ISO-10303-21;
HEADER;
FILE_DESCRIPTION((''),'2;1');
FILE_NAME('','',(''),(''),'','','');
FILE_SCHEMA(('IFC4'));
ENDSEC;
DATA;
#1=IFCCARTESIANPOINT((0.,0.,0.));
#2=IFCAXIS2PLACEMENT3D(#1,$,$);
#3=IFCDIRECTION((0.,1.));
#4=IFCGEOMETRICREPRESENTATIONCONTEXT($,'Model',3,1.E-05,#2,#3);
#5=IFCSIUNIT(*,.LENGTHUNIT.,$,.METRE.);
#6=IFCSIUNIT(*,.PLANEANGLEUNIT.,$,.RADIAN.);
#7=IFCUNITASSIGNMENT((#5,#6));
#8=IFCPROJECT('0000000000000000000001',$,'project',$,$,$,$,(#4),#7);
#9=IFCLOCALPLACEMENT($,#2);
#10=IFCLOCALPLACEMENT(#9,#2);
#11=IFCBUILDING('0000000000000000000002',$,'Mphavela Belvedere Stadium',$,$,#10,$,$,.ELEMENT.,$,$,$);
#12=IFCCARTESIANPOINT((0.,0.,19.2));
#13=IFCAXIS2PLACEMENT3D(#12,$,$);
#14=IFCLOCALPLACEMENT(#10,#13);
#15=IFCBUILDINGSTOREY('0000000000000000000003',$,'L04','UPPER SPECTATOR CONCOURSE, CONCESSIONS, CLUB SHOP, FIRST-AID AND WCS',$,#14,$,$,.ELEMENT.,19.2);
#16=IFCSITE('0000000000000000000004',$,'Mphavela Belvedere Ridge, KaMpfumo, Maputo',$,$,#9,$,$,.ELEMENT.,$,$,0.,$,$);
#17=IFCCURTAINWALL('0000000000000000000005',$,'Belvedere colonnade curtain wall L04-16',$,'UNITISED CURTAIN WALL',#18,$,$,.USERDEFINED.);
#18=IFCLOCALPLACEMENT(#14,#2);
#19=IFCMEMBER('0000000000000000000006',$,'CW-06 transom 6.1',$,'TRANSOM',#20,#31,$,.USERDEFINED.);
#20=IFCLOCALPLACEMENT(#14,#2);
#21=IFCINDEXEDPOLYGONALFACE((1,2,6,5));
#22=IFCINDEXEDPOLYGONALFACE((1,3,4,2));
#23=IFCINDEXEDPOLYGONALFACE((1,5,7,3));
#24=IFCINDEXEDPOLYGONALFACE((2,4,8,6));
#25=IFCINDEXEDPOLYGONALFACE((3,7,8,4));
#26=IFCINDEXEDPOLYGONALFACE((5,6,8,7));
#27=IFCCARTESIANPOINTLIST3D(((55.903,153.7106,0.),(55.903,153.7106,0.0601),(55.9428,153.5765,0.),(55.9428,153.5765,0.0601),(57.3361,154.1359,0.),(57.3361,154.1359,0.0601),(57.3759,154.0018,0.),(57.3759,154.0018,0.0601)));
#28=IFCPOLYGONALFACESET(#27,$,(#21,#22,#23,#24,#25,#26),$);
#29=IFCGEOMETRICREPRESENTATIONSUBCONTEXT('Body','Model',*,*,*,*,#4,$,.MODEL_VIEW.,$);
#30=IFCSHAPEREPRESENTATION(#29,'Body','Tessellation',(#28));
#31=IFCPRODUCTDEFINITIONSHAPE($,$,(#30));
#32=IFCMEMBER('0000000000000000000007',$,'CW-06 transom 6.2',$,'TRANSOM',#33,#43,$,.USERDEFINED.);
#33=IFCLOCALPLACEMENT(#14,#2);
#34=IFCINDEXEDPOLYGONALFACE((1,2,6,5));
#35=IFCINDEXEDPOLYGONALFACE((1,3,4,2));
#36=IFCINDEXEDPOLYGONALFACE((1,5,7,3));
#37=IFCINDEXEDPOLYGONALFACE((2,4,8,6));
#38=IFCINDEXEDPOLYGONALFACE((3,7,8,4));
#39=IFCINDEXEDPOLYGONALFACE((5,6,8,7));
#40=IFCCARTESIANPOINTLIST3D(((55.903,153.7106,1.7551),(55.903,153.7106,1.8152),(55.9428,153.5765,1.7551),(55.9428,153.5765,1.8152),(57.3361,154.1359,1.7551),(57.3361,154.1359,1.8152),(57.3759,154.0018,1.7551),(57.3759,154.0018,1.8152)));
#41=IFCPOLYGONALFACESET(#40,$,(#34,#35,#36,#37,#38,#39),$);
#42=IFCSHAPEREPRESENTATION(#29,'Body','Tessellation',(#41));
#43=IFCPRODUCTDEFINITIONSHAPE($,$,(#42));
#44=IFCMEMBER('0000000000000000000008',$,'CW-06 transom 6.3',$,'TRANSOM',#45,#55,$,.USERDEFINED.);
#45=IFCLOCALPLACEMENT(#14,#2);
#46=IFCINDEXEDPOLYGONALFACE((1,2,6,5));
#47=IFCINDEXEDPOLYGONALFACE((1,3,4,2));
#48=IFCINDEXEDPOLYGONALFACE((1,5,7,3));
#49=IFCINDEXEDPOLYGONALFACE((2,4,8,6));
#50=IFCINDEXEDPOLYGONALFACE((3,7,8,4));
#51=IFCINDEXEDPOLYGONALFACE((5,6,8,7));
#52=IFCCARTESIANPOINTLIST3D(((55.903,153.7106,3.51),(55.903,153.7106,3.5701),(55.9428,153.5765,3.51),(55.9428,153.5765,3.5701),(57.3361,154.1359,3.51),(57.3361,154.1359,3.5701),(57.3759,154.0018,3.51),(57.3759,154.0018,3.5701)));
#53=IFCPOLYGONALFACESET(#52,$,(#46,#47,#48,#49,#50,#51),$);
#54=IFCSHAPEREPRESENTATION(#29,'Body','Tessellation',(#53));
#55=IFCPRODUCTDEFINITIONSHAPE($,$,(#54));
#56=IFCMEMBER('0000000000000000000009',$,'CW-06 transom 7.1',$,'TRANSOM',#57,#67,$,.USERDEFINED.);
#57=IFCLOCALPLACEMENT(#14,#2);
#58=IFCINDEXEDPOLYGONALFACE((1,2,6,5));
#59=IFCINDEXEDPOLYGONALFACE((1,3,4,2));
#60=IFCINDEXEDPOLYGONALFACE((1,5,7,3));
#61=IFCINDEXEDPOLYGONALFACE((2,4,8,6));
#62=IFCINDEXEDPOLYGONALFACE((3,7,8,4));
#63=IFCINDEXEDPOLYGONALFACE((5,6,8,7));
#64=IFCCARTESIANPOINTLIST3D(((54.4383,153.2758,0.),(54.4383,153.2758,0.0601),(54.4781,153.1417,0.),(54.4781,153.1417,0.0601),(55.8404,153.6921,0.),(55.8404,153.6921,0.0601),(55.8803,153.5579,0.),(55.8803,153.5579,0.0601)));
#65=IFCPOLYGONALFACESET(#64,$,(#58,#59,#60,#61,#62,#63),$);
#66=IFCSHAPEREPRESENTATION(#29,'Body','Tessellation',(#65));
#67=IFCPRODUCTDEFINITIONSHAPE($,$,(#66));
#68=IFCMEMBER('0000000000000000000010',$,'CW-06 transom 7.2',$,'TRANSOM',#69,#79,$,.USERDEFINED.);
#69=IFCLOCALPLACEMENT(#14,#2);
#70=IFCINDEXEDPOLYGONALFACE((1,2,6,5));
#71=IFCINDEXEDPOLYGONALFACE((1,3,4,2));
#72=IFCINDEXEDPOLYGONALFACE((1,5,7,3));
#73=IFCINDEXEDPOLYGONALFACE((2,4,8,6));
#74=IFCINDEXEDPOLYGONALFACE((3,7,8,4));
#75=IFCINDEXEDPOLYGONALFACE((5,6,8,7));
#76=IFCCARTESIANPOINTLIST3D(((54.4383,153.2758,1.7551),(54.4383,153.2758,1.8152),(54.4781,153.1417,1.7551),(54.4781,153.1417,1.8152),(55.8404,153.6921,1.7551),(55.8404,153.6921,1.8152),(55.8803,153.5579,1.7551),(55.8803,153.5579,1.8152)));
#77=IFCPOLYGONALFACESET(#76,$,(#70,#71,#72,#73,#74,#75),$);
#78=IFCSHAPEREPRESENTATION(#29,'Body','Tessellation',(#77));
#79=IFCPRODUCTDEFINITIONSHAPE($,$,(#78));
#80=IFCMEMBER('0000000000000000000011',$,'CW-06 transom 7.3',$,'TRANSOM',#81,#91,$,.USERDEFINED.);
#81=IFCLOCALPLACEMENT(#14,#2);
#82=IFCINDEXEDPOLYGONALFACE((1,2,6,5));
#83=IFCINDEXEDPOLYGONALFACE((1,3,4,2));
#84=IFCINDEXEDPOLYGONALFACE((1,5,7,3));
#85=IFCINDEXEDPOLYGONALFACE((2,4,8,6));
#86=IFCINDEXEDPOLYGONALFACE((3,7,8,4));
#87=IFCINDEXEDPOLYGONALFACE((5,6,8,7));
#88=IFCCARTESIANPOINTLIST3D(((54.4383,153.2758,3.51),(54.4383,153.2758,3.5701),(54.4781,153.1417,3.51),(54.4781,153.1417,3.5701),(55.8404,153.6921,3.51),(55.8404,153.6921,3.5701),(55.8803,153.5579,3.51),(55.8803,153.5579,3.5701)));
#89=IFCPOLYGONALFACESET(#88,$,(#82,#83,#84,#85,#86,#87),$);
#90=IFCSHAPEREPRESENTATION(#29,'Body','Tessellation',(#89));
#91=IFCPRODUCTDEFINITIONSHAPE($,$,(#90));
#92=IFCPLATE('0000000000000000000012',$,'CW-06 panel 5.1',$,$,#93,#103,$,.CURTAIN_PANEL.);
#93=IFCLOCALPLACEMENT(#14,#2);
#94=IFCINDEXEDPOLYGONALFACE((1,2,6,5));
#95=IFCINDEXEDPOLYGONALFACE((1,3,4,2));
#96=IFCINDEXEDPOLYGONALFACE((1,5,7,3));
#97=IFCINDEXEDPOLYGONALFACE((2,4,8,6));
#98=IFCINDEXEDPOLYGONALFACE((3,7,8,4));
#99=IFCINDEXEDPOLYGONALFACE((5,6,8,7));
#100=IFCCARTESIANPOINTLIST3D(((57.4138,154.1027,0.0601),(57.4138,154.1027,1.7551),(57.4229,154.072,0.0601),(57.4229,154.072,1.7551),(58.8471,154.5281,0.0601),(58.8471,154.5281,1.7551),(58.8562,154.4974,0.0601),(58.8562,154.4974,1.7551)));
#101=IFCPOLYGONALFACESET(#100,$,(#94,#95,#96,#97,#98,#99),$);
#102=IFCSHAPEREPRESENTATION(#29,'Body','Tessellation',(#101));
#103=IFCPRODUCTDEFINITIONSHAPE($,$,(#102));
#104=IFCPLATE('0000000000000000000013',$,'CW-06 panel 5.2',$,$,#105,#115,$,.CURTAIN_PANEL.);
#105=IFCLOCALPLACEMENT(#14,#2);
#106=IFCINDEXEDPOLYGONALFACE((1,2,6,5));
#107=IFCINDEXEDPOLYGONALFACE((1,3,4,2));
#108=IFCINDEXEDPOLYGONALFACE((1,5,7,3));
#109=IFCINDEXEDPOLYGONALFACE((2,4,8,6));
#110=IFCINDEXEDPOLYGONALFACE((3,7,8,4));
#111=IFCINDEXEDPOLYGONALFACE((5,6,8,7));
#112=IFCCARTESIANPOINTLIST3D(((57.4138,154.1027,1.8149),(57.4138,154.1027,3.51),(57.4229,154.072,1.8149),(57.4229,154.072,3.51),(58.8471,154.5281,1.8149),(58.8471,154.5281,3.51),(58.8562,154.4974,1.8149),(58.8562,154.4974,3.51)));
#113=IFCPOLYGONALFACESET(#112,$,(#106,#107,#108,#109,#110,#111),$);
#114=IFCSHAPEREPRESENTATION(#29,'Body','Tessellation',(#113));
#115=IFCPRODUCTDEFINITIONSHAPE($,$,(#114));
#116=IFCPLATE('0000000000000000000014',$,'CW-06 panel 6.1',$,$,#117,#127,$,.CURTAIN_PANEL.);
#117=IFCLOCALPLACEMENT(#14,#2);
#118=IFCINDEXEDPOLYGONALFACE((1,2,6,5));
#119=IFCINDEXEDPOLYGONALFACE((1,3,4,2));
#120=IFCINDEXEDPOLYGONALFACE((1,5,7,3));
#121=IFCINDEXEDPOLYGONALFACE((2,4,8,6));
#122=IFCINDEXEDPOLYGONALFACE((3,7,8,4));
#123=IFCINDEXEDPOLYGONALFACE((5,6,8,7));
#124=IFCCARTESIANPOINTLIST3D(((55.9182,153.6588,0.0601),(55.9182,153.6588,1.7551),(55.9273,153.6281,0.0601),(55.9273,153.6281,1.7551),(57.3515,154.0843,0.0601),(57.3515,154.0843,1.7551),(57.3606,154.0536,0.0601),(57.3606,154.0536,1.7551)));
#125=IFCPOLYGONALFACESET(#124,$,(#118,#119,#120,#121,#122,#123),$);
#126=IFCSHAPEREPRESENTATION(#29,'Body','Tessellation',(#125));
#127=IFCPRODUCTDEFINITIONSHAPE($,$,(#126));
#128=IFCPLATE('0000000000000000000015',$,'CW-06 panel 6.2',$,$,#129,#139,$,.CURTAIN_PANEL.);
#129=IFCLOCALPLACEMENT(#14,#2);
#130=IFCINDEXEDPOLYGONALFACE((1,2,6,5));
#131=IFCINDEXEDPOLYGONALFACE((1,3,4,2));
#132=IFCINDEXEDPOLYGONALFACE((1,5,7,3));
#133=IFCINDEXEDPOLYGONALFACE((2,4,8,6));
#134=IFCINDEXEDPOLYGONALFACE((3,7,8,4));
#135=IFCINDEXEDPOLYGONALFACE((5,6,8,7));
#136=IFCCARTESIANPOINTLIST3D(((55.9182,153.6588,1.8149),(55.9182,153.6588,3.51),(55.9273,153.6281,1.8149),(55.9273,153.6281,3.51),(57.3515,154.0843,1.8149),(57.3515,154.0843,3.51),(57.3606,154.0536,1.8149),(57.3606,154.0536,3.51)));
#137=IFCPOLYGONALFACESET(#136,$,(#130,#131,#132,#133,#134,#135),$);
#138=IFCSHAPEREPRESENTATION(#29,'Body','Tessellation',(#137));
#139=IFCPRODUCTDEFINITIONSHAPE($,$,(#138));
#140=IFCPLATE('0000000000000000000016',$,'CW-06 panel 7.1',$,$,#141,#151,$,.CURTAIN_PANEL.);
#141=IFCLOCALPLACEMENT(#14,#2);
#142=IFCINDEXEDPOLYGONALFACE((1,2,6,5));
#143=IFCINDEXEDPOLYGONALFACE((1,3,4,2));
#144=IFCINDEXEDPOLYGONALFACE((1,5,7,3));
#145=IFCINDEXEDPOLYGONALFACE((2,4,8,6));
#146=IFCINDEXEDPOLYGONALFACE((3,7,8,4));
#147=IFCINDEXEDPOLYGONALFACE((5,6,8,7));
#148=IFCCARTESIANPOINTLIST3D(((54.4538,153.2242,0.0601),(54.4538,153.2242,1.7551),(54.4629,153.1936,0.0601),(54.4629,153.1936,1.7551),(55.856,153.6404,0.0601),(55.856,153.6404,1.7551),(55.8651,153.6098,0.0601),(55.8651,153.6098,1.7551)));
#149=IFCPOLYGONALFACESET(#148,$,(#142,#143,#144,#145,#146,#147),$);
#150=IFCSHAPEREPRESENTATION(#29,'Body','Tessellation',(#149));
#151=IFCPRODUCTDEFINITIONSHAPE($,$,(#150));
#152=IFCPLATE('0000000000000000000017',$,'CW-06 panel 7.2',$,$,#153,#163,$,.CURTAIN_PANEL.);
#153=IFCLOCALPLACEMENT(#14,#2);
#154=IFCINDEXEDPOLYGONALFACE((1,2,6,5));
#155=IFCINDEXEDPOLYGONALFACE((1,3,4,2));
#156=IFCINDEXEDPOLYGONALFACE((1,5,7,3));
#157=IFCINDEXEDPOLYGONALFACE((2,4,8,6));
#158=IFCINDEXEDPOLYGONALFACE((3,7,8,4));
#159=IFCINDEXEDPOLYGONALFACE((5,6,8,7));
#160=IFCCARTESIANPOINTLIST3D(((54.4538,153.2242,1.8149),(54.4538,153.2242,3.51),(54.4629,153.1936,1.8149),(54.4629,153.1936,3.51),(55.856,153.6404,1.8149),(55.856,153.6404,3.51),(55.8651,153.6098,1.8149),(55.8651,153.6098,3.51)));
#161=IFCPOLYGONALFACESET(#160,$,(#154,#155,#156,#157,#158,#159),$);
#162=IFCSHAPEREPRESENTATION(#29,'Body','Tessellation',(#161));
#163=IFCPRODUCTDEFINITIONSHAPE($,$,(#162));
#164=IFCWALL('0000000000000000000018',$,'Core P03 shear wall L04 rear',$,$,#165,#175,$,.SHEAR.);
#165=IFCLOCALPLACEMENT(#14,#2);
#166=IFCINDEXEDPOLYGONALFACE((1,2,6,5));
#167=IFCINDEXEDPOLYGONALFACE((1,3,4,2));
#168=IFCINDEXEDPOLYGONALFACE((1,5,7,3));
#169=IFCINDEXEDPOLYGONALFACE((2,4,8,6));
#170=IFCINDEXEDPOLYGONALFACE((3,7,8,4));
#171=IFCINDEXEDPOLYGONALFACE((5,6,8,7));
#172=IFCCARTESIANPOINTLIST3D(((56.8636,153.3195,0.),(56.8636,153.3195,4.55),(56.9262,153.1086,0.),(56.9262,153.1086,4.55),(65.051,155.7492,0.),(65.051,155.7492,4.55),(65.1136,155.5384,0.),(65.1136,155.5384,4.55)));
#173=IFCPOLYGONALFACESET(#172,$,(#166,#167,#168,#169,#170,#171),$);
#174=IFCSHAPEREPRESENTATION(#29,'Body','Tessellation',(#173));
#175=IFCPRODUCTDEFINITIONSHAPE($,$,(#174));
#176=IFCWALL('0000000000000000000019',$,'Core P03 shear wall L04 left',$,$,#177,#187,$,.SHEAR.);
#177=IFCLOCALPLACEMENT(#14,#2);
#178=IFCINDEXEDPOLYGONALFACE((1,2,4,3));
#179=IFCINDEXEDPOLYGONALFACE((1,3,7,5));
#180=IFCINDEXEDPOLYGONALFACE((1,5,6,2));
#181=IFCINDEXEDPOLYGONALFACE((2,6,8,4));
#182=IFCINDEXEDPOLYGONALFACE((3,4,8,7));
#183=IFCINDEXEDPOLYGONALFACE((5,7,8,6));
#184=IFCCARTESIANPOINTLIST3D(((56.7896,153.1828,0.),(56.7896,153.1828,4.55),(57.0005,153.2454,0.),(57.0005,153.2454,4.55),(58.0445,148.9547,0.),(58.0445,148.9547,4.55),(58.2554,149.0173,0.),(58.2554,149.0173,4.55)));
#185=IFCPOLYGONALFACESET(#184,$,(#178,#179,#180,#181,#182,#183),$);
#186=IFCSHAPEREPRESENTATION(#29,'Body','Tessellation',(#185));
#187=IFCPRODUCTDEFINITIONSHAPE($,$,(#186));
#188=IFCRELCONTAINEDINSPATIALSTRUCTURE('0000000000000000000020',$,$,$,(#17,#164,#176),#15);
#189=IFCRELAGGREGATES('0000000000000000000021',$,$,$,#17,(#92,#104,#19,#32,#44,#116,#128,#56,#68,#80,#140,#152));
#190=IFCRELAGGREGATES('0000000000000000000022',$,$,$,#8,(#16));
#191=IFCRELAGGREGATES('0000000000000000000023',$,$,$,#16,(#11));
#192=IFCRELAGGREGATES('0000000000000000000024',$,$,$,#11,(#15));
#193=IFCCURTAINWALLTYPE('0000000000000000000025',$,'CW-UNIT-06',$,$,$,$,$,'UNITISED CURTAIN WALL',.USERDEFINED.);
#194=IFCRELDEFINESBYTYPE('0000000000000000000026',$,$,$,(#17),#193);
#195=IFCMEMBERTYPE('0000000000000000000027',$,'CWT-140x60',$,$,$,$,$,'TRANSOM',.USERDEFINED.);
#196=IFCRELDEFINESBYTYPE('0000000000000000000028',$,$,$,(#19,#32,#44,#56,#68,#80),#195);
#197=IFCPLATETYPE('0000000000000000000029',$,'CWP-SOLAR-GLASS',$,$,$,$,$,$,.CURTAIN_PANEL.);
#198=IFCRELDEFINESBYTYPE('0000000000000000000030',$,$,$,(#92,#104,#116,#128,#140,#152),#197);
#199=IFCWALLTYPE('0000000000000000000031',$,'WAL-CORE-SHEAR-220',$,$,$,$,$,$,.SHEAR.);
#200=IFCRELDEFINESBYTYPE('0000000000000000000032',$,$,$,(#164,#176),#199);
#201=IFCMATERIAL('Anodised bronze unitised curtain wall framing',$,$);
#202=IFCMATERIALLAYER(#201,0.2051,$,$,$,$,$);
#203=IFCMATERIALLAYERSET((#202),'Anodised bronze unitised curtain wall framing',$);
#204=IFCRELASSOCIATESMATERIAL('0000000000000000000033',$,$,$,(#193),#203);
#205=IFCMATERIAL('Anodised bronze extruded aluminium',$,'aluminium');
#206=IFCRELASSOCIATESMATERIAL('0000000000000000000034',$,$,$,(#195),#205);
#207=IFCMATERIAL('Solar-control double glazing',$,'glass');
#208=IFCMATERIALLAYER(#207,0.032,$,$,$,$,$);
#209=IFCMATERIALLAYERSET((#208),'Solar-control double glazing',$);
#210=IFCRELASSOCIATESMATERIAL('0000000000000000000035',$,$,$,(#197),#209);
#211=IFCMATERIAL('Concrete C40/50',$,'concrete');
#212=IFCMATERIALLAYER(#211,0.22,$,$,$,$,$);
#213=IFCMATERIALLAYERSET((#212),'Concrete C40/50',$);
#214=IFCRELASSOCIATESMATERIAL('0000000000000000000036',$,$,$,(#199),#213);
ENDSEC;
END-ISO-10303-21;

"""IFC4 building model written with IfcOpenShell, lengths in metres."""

from ifc_helpers import new_model, si_unit, direction, frame, frame_2d, origin, origin_2d, place, context, subcontext, project, spatial, rectangle, extrude, material, layer, layer_set, material_profile, profile_set, type_object, element, aggregate, save


model = new_model("IFC4")

# Units and contexts
model_context = context("Model", 3, precision=1e-05, world=origin(), true_north=direction((0.0, 1.0)))
body_context = subcontext(model_context, "Body", "Model", "MODEL_VIEW")
ifc_project = project(units=[si_unit("LENGTHUNIT", "METRE"), si_unit("PLANEANGLEUNIT", "RADIAN")], contexts=[model_context])

# Site, building, storey
site_placement = place(None, origin())
site = spatial("IfcSite", under=ifc_project, at=site_placement, Name="Mphavela Belvedere Ridge, KaMpfumo, Maputo", CompositionType="ELEMENT", RefElevation=0.0)
building_placement = place(site_placement, origin())
building = spatial("IfcBuilding", under=site, at=building_placement, Name="Mphavela Belvedere Stadium", CompositionType="ELEMENT")
storey_placement = place(building_placement, frame((0.0, 0.0, 19.2)))
storey = spatial("IfcBuildingStorey", under=building, at=storey_placement, Name="L04", Description="UPPER SPECTATOR CONCOURSE, CONCESSIONS, CLUB SHOP, FIRST-AID AND WCS", CompositionType="ELEMENT", Elevation=19.2)

# Curtain wall, members, plates
ifc_material_1 = material(Name="Anodised bronze unitised curtain wall framing")
ifc_layer_1 = layer(ifc_material_1, 0.2051)
ifc_layer_set_1 = layer_set([ifc_layer_1], Name="Anodised bronze unitised curtain wall framing")
curtain_wall_type = type_object("IfcCurtainWallType", Name="CW-UNIT-06", ElementType="UNITISED CURTAIN WALL", PredefinedType="USERDEFINED", material=ifc_layer_set_1)
curtain_wall_placement = place(storey_placement, origin())
curtain_wall = element("IfcCurtainWall", 1, at=curtain_wall_placement, inside=storey, type_object=curtain_wall_type, Name="Belvedere colonnade curtain wall L04-16", ObjectType="UNITISED CURTAIN WALL", PredefinedType="USERDEFINED")
ifc_material_2 = material(Name="Anodised bronze extruded aluminium", Category="aluminium")
ifc_material_profile_1 = material_profile(ifc_material_2, rectangle(XDim=0.1399, YDim=0.0601, at=origin_2d()), Name="CW-TRN 140x60")
ifc_profile_set_1 = profile_set([ifc_material_profile_1], Name="Anodised bronze extruded aluminium")
member_type_1 = type_object("IfcMemberType", Name="CWT-140x60", ElementType="TRANSOM", PredefinedType="USERDEFINED", material=ifc_profile_set_1)
member_1_placement = place(storey_placement, frame((57.356, 154.0688, 0.03), z_axis=(-0.958676, -0.2845, 0.0), x_axis=(0.2845, -0.958676, 0.0)))
member_1 = element("IfcMember", 2, at=member_1_placement, type_object=member_type_1, Name="CW-06 transom 6.1", ObjectType="TRANSOM", PredefinedType="USERDEFINED", context=body_context, shape_type="SweptSolid", body=[
    extrude(rectangle(XDim=0.1399, YDim=0.0601, at=origin_2d()), origin(), (0.0, 0.0, 1.0), 1.4949),
])
member_2_placement = place(storey_placement, frame((57.356, 154.0688, 1.7852), z_axis=(-0.958676, -0.2845, 0.0), x_axis=(0.2845, -0.958676, 0.0)))
member_2 = element("IfcMember", 3, at=member_2_placement, type_object=member_type_1, Name="CW-06 transom 6.2", ObjectType="TRANSOM", PredefinedType="USERDEFINED", context=body_context, shape_type="SweptSolid", body=[
    extrude(rectangle(XDim=0.1399, YDim=0.0601, at=origin_2d()), origin(), (0.0, 0.0, 1.0), 1.4949),
])
member_3_placement = place(storey_placement, frame((57.356, 154.0688, 3.54), z_axis=(-0.958676, -0.2845, 0.0), x_axis=(0.2845, -0.958676, 0.0)))
member_3 = element("IfcMember", 4, at=member_3_placement, type_object=member_type_1, Name="CW-06 transom 6.3", ObjectType="TRANSOM", PredefinedType="USERDEFINED", context=body_context, shape_type="SweptSolid", body=[
    extrude(rectangle(XDim=0.1399, YDim=0.0601, at=origin_2d()), origin(), (0.0, 0.0, 1.0), 1.4949),
])
member_4_placement = place(storey_placement, frame((55.8604, 153.625, 0.03), z_axis=(-0.958645, -0.284605, 0.0), x_axis=(0.284605, -0.958645, 0.0)))
member_4 = element("IfcMember", 5, at=member_4_placement, type_object=member_type_1, Name="CW-06 transom 7.1", ObjectType="TRANSOM", PredefinedType="USERDEFINED", context=body_context, shape_type="SweptSolid", body=[
    extrude(rectangle(XDim=0.1399, YDim=0.0601, at=origin_2d()), origin(), (0.0, 0.0, 1.0), 1.4626),
])
member_5_placement = place(storey_placement, frame((55.8604, 153.625, 1.7852), z_axis=(-0.958645, -0.284605, 0.0), x_axis=(0.284605, -0.958645, 0.0)))
member_5 = element("IfcMember", 6, at=member_5_placement, type_object=member_type_1, Name="CW-06 transom 7.2", ObjectType="TRANSOM", PredefinedType="USERDEFINED", context=body_context, shape_type="SweptSolid", body=[
    extrude(rectangle(XDim=0.1399, YDim=0.0601, at=origin_2d()), origin(), (0.0, 0.0, 1.0), 1.4626),
])
member_6_placement = place(storey_placement, frame((55.8604, 153.625, 3.54), z_axis=(-0.958645, -0.284605, 0.0), x_axis=(0.284605, -0.958645, 0.0)))
member_6 = element("IfcMember", 7, at=member_6_placement, type_object=member_type_1, Name="CW-06 transom 7.3", ObjectType="TRANSOM", PredefinedType="USERDEFINED", context=body_context, shape_type="SweptSolid", body=[
    extrude(rectangle(XDim=0.1399, YDim=0.0601, at=origin_2d()), origin(), (0.0, 0.0, 1.0), 1.4626),
])
ifc_material_3 = material(Name="Solar-control double glazing", Category="glass")
ifc_layer_2 = layer(ifc_material_3, 0.032)
ifc_layer_set_2 = layer_set([ifc_layer_2], Name="Solar-control double glazing")
plate_type = type_object("IfcPlateType", Name="CWP-SOLAR-GLASS", PredefinedType="CURTAIN_PANEL", material=ifc_layer_set_2)
plate_1_placement = place(storey_placement, frame((58.135, 154.3, 0.0601), z_axis=(0.0, 0.0, 1.0), x_axis=(-0.958658, -0.284561, 0.0)))
plate_1 = element("IfcPlate", 8, at=plate_1_placement, type_object=plate_type, Name="CW-06 panel 5.1", PredefinedType="CURTAIN_PANEL", context=body_context, shape_type="SweptSolid", body=[
    extrude(rectangle(XDim=1.4951, YDim=0.032, at=origin_2d()), origin(), (0.0, 0.0, 1.0), 1.6951),
])
plate_2_placement = place(storey_placement, frame((58.135, 154.3, 1.8149), z_axis=(0.0, 0.0, 1.0), x_axis=(-0.958658, -0.284561, 0.0)))
plate_2 = element("IfcPlate", 9, at=plate_2_placement, type_object=plate_type, Name="CW-06 panel 5.2", PredefinedType="CURTAIN_PANEL", context=body_context, shape_type="SweptSolid", body=[
    extrude(rectangle(XDim=1.4951, YDim=0.032, at=origin_2d()), origin(), (0.0, 0.0, 1.0), 1.6951),
])
plate_3_placement = place(storey_placement, frame((56.6394, 153.8562, 0.0601), z_axis=(0.0, 0.0, 1.0), x_axis=(-0.958658, -0.284561, 0.0)))
plate_3 = element("IfcPlate", 10, at=plate_3_placement, type_object=plate_type, Name="CW-06 panel 6.1", PredefinedType="CURTAIN_PANEL", context=body_context, shape_type="SweptSolid", body=[
    extrude(rectangle(XDim=1.4951, YDim=0.032, at=origin_2d()), origin(), (0.0, 0.0, 1.0), 1.6951),
])
plate_4_placement = place(storey_placement, frame((56.6394, 153.8562, 1.8149), z_axis=(0.0, 0.0, 1.0), x_axis=(-0.958658, -0.284561, 0.0)))
plate_4 = element("IfcPlate", 11, at=plate_4_placement, type_object=plate_type, Name="CW-06 panel 6.2", PredefinedType="CURTAIN_PANEL", context=body_context, shape_type="SweptSolid", body=[
    extrude(rectangle(XDim=1.4951, YDim=0.032, at=origin_2d()), origin(), (0.0, 0.0, 1.0), 1.6951),
])
plate_5_placement = place(storey_placement, frame((55.1594, 153.417, 0.0601), z_axis=(0.0, 0.0, 1.0), x_axis=(-0.958658, -0.284561, 0.0)))
plate_5 = element("IfcPlate", 12, at=plate_5_placement, type_object=plate_type, Name="CW-06 panel 7.1", PredefinedType="CURTAIN_PANEL", context=body_context, shape_type="SweptSolid", body=[
    extrude(rectangle(XDim=1.4626, YDim=0.032, at=origin_2d()), origin(), (0.0, 0.0, 1.0), 1.6951),
])
plate_6_placement = place(storey_placement, frame((55.1594, 153.417, 1.8149), z_axis=(0.0, 0.0, 1.0), x_axis=(-0.958658, -0.284561, 0.0)))
plate_6 = element("IfcPlate", 13, at=plate_6_placement, type_object=plate_type, Name="CW-06 panel 7.2", PredefinedType="CURTAIN_PANEL", context=body_context, shape_type="SweptSolid", body=[
    extrude(rectangle(XDim=1.4626, YDim=0.032, at=origin_2d()), origin(), (0.0, 0.0, 1.0), 1.6951),
])
aggregate(curtain_wall, [plate_1, plate_2, member_1, member_2, member_3, plate_3, plate_4, member_4, member_5, member_6, plate_5, plate_6])

# Walls
ifc_material_4 = material(Name="Concrete C40/50", Category="concrete")
ifc_layer_3 = layer(ifc_material_4, 0.22)
ifc_layer_set_3 = layer_set([ifc_layer_3], Name="Concrete C40/50")
wall_type_1 = type_object("IfcWallType", Name="WAL-CORE-SHEAR-220", PredefinedType="SHEAR", material=ifc_layer_set_3)
wall_1_placement = place(storey_placement, frame((56.895, 153.2141, 0.0), z_axis=(0.0, 0.0, 1.0), x_axis=(0.958676, 0.284501, 0.0)))
element("IfcWall", 14, at=wall_1_placement, inside=storey, type_object=wall_type_1, Name="Core P03 shear wall L04 rear", PredefinedType="SHEAR", context=body_context, shape_type="SweptSolid", body=[
    extrude(rectangle(XDim=8.5403, YDim=0.22, at=frame_2d((4.27, 0.0))), origin(), (0.0, 0.0, 1.0), 4.55),
])
wall_2_placement = place(storey_placement, frame((58.1499, 148.9861, 0.0), z_axis=(0.0, 0.0, 1.0), x_axis=(-0.284533, 0.958666, 0.0)))
element("IfcWall", 15, at=wall_2_placement, inside=storey, type_object=wall_type_1, Name="Core P03 shear wall L04 left", PredefinedType="SHEAR", context=body_context, shape_type="SweptSolid", body=[
    extrude(rectangle(XDim=4.4104, YDim=0.22, at=frame_2d((2.2051, 0.0))), origin(), (0.0, 0.0, 1.0), 4.55),
])

save(model, "model.ifc")
